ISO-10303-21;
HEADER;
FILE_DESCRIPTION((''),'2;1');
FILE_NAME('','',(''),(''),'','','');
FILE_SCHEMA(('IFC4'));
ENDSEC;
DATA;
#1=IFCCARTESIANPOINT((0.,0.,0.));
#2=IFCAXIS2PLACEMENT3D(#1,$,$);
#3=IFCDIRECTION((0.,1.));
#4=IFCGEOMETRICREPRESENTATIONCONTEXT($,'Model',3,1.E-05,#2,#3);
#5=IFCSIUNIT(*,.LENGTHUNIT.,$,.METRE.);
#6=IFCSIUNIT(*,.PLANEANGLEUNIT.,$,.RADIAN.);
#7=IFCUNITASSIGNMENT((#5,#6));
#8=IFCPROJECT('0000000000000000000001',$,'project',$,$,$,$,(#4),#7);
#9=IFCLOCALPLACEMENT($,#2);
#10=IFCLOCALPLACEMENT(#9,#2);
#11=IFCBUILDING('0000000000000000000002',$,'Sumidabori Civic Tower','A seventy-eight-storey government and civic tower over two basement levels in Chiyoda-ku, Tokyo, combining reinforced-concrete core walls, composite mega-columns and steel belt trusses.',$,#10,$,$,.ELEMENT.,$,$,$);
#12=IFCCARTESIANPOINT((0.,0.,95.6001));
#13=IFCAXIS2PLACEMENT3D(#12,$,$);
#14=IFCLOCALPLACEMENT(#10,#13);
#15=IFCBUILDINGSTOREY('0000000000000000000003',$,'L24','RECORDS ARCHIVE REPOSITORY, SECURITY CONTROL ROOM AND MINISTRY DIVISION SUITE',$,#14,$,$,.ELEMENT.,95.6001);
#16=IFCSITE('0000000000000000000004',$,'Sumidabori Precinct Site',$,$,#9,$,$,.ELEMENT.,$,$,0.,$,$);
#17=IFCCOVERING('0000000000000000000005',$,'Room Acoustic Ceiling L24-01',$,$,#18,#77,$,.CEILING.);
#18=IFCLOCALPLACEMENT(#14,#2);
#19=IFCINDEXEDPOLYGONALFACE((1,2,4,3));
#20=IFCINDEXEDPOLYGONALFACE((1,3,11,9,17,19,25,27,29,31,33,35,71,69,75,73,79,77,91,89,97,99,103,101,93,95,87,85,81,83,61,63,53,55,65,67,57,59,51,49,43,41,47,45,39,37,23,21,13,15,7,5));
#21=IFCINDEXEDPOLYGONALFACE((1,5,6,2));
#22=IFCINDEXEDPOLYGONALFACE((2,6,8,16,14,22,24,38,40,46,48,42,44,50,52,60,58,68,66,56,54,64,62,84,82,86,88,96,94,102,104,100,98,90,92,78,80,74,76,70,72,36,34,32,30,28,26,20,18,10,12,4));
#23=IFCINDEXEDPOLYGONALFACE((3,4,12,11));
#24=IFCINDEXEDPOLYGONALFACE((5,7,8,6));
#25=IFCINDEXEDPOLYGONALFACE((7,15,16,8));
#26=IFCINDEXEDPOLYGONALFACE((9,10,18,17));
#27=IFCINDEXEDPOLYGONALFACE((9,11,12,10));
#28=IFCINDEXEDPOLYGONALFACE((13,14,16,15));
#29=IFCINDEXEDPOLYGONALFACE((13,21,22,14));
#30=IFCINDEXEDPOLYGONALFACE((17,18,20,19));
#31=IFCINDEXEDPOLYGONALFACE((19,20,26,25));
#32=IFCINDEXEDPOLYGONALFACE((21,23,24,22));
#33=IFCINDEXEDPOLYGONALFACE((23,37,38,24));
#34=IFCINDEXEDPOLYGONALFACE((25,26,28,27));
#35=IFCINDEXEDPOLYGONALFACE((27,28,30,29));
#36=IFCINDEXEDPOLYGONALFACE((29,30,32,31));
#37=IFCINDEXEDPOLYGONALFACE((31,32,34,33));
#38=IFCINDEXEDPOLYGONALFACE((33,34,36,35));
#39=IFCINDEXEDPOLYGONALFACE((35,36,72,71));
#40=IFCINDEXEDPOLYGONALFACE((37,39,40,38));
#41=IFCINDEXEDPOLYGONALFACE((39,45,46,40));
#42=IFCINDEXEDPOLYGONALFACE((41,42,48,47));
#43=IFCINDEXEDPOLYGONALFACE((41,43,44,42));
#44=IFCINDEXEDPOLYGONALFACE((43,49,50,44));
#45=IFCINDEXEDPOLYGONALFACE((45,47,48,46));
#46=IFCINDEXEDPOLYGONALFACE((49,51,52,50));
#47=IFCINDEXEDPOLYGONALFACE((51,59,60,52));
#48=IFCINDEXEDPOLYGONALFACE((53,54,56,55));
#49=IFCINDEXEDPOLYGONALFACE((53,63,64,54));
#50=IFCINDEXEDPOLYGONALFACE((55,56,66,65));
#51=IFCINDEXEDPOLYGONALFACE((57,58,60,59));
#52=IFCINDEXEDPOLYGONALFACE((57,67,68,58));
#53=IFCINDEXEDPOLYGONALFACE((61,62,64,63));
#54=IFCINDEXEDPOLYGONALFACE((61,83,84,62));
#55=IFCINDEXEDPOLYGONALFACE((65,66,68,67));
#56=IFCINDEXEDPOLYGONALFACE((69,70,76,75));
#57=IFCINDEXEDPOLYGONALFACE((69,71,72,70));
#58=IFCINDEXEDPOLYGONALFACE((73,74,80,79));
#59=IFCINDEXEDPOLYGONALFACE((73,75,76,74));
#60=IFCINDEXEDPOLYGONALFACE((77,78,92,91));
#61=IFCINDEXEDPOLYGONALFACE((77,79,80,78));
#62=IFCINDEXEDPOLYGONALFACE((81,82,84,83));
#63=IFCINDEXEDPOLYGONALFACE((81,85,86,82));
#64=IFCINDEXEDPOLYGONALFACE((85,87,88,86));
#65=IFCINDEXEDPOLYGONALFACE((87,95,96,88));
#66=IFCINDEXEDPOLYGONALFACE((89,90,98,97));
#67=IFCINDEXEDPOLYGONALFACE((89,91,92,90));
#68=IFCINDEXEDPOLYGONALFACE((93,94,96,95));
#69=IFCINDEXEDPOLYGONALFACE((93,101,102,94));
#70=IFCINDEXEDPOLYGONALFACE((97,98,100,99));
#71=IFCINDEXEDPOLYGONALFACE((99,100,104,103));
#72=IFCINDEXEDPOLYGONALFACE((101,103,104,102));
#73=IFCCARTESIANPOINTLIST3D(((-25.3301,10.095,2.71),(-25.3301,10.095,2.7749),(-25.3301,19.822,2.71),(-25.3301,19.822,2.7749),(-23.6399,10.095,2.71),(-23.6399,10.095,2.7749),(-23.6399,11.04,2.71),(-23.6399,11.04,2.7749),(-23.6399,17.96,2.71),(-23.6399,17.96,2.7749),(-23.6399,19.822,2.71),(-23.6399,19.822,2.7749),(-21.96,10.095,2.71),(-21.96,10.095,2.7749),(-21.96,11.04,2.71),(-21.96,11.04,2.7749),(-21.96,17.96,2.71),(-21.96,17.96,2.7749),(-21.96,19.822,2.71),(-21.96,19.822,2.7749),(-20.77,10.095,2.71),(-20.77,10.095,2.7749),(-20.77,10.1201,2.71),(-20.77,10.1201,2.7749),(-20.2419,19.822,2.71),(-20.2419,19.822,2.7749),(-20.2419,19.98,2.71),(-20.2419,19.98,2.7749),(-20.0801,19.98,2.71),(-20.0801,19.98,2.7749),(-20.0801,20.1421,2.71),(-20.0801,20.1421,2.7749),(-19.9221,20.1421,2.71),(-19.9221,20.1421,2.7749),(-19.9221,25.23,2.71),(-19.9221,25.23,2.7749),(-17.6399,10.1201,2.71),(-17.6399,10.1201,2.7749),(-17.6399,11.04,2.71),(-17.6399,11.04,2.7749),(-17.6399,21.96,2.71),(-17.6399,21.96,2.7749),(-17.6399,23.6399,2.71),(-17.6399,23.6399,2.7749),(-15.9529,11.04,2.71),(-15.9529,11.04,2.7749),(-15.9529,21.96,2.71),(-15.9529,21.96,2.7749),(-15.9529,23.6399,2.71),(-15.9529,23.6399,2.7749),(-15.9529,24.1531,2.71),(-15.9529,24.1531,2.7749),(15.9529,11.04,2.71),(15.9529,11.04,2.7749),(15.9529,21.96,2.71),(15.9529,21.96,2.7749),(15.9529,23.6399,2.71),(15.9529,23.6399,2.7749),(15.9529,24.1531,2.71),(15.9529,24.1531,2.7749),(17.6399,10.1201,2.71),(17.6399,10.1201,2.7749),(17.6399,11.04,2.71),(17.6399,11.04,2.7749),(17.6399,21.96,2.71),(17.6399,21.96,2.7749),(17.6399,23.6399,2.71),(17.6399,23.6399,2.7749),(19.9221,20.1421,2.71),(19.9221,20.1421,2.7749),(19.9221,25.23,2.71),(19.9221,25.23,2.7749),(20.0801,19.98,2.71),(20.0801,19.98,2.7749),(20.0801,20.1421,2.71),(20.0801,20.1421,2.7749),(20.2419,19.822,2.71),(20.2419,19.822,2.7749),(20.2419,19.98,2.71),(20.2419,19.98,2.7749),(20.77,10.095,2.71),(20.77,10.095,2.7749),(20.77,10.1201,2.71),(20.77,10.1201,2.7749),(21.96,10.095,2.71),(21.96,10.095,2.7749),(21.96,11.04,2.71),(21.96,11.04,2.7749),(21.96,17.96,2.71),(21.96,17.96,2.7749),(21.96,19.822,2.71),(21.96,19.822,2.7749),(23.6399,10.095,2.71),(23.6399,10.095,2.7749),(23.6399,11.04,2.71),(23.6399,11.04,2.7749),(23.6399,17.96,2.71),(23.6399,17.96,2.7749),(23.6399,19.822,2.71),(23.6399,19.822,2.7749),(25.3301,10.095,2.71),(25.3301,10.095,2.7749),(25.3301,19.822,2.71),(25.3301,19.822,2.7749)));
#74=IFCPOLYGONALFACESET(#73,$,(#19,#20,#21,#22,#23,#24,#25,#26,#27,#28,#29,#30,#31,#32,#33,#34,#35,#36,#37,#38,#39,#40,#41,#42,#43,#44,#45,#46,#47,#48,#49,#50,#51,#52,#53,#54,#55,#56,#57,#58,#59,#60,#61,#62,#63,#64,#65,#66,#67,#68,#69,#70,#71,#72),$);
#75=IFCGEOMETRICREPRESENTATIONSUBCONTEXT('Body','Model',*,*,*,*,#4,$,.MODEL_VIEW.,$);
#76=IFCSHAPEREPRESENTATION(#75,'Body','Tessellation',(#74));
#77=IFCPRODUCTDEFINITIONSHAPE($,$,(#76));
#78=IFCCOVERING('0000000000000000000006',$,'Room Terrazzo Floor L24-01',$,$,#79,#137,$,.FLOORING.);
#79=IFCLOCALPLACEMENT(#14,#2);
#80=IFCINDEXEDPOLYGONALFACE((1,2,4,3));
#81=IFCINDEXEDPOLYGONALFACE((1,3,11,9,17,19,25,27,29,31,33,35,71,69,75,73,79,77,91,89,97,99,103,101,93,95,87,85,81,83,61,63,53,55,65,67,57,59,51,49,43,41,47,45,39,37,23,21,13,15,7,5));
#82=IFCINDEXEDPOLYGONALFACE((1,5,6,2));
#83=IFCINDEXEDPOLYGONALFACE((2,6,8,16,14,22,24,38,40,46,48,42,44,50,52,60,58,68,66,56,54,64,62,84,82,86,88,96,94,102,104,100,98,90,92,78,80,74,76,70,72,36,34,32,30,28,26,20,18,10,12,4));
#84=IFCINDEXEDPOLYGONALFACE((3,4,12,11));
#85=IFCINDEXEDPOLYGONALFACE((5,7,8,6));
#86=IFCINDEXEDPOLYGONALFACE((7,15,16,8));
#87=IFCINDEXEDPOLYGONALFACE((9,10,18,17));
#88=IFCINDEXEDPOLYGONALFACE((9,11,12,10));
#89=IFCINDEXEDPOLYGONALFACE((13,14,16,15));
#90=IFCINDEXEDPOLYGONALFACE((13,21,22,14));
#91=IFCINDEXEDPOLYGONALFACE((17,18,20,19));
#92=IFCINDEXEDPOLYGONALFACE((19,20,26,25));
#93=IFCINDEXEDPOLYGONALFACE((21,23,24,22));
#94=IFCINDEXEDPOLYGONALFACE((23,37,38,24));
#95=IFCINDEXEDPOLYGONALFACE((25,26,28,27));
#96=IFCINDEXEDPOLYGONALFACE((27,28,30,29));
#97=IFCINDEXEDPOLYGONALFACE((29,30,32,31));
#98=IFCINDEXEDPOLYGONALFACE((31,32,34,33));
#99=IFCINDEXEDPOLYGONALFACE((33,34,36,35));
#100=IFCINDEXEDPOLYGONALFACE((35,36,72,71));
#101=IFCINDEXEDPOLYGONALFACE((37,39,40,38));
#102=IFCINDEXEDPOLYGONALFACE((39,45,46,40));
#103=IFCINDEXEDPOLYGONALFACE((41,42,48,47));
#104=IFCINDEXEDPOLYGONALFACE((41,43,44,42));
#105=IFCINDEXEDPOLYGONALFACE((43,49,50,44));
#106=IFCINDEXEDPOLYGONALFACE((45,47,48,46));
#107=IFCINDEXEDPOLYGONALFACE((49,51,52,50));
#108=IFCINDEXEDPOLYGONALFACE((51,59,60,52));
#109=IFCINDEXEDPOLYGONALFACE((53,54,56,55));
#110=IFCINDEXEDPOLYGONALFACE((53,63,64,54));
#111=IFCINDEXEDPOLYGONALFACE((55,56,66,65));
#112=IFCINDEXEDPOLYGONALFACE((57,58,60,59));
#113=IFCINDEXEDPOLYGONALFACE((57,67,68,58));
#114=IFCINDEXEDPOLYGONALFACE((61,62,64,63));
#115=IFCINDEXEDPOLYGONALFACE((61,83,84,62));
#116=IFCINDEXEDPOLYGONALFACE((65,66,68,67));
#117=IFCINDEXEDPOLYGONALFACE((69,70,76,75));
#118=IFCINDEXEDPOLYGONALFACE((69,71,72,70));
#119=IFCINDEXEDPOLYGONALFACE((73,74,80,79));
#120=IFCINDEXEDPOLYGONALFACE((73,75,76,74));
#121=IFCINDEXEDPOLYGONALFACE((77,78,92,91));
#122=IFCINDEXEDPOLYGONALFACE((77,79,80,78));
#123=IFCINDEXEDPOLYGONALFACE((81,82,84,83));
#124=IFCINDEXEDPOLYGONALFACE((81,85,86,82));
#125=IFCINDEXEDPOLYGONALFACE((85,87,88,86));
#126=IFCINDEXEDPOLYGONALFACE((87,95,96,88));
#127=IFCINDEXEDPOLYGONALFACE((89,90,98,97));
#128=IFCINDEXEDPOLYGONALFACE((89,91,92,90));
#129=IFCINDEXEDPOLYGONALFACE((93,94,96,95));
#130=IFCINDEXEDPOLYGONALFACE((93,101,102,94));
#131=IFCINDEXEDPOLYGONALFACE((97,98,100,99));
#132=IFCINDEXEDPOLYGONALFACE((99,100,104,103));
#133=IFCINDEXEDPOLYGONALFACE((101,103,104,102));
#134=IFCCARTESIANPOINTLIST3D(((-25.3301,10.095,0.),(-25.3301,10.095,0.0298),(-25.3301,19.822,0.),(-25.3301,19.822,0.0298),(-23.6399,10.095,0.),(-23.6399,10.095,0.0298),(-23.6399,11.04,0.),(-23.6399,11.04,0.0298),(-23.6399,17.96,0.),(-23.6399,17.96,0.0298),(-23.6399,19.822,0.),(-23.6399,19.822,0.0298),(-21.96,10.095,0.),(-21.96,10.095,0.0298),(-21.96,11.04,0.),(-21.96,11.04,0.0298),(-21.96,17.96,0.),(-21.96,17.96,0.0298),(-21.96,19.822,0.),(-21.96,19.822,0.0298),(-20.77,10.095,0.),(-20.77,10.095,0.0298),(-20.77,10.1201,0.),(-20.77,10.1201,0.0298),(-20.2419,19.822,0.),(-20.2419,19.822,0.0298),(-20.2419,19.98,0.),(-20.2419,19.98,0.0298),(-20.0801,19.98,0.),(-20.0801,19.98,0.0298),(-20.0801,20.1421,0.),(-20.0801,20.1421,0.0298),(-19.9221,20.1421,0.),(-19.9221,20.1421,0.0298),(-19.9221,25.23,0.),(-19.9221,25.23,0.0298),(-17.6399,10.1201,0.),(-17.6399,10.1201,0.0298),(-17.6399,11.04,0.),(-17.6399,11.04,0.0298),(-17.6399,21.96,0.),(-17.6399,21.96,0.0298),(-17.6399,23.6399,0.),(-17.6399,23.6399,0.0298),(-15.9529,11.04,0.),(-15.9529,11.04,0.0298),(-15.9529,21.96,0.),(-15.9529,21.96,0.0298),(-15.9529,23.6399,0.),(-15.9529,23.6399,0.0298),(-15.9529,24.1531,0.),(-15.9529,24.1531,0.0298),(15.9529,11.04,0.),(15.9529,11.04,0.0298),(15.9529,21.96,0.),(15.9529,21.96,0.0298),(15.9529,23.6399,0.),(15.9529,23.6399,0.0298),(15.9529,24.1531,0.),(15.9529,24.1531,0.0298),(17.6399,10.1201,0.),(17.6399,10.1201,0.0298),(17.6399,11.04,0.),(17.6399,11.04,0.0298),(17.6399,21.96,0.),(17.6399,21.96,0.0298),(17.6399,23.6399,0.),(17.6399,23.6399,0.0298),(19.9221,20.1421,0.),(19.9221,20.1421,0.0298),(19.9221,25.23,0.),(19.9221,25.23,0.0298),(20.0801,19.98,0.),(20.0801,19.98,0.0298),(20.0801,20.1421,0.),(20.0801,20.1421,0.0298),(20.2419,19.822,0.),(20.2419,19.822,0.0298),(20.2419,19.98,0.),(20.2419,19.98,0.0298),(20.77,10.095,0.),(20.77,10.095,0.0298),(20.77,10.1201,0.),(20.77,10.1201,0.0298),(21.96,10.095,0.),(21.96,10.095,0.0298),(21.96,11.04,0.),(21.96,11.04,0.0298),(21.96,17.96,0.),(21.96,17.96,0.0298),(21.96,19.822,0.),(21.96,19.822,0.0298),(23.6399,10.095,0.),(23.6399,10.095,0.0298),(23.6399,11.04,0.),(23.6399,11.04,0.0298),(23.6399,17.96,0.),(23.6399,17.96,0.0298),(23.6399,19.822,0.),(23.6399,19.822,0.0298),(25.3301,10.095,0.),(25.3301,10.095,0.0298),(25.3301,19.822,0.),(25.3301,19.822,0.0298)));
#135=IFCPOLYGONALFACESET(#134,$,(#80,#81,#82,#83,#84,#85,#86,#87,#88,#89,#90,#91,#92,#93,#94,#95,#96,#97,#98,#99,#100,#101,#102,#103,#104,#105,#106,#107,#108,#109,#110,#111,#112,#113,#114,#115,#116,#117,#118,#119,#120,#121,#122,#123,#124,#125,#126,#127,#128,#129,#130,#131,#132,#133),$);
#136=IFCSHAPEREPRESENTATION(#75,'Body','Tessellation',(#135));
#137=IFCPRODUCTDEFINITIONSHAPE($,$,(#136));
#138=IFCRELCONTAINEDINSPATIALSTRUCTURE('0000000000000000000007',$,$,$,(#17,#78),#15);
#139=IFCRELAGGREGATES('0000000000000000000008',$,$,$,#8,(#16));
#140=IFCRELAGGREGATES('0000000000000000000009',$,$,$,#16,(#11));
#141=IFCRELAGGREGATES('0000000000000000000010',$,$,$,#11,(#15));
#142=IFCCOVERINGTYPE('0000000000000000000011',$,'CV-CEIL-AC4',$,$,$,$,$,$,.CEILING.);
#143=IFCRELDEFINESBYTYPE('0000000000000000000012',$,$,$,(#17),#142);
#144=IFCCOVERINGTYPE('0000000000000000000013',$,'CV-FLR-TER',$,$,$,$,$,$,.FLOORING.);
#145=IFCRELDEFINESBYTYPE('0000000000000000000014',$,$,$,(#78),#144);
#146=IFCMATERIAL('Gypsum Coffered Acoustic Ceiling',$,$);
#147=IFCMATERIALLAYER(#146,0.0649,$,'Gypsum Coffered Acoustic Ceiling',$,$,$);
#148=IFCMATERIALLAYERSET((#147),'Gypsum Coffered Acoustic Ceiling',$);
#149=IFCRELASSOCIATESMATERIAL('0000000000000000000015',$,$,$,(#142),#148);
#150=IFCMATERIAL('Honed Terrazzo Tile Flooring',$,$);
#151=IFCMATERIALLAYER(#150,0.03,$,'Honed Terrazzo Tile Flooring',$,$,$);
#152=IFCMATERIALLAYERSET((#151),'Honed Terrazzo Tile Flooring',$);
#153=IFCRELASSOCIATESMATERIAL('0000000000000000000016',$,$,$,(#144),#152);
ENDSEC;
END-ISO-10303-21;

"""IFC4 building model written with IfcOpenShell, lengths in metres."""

from ifc_helpers import new_model, si_unit, direction, frame, origin, place, context, subcontext, project, spatial, polyline, outline, extrude, material, layer, layer_set, type_object, element, save


model = new_model("IFC4")

# Units and contexts
model_context = context("Model", 3, precision=1e-05, world=origin(), true_north=direction((0.0, 1.0)))
body_context = subcontext(model_context, "Body", "Model", "MODEL_VIEW")
ifc_project = project(units=[si_unit("LENGTHUNIT", "METRE"), si_unit("PLANEANGLEUNIT", "RADIAN")], contexts=[model_context])

# Site, building, storey
site_placement = place(None, origin())
site = spatial("IfcSite", under=ifc_project, at=site_placement, Name="Sumidabori Precinct Site", CompositionType="ELEMENT", RefElevation=0.0)
building_placement = place(site_placement, origin())
building = spatial("IfcBuilding", under=site, at=building_placement, Name="Sumidabori Civic Tower", Description="A seventy-eight-storey government and civic tower over two basement levels in Chiyoda-ku, Tokyo, combining reinforced-concrete core walls, composite mega-columns and steel belt trusses.", CompositionType="ELEMENT")
storey_placement = place(building_placement, frame((0.0, 0.0, 95.6001)))
storey = spatial("IfcBuildingStorey", under=building, at=storey_placement, Name="L24", Description="RECORDS ARCHIVE REPOSITORY, SECURITY CONTROL ROOM AND MINISTRY DIVISION SUITE", CompositionType="ELEMENT", Elevation=95.6001)

# Coverings
ifc_material_1 = material(Name="Gypsum Coffered Acoustic Ceiling")
ifc_layer_1 = layer(ifc_material_1, 0.0649, Name="Gypsum Coffered Acoustic Ceiling")
ifc_layer_set_1 = layer_set([ifc_layer_1], Name="Gypsum Coffered Acoustic Ceiling")
covering_type_1 = type_object("IfcCoveringType", Name="CV-CEIL-AC4", PredefinedType="CEILING", material=ifc_layer_set_1)
covering_1_placement = place(storey_placement, frame((0.0, 0.0, 2.71)))
element("IfcCovering", 1, at=covering_1_placement, inside=storey, type_object=covering_type_1, Name="Room Acoustic Ceiling L24-01", PredefinedType="CEILING", context=body_context, shape_type="SweptSolid", body=[
    extrude(outline(polyline([(-25.3301, 10.095), (-25.3301, 19.822), (-23.6399, 19.822), (-23.6399, 17.96), (-21.96, 17.96), (-21.96, 19.822), (-20.2419, 19.822), (-20.2419, 19.98), (-20.0801, 19.98), (-20.0801, 20.1421), (-19.9221, 20.1421), (-19.9221, 25.23), (19.9221, 25.23), (19.9221, 20.1421), (20.0801, 20.1421), (20.0801, 19.98), (20.2419, 19.98), (20.2419, 19.822), (21.96, 19.822), (21.96, 17.96), (23.6399, 17.96), (23.6399, 19.822), (25.3301, 19.822), (25.3301, 10.095), (23.6399, 10.095), (23.6399, 11.04), (21.96, 11.04), (21.96, 10.095), (20.77, 10.095), (20.77, 10.1201), (17.6399, 10.1201), (17.6399, 11.04), (15.9529, 11.04), (15.9529, 21.96), (17.6399, 21.96), (17.6399, 23.6399), (15.9529, 23.6399), (15.9529, 24.1531), (-15.9529, 24.1531), (-15.9529, 23.6399), (-17.6399, 23.6399), (-17.6399, 21.96), (-15.9529, 21.96), (-15.9529, 11.04), (-17.6399, 11.04), (-17.6399, 10.1201), (-20.77, 10.1201), (-20.77, 10.095), (-21.96, 10.095), (-21.96, 11.04), (-23.6399, 11.04), (-23.6399, 10.095), (-25.3301, 10.095)])), origin(), (0.0, 0.0, 1.0), 0.0649),
])
ifc_material_2 = material(Name="Honed Terrazzo Tile Flooring")
ifc_layer_2 = layer(ifc_material_2, 0.03, Name="Honed Terrazzo Tile Flooring")
ifc_layer_set_2 = layer_set([ifc_layer_2], Name="Honed Terrazzo Tile Flooring")
covering_type_2 = type_object("IfcCoveringType", Name="CV-FLR-TER", PredefinedType="FLOORING", material=ifc_layer_set_2)
covering_2_placement = place(storey_placement, origin())
element("IfcCovering", 2, at=covering_2_placement, inside=storey, type_object=covering_type_2, Name="Room Terrazzo Floor L24-01", PredefinedType="FLOORING", context=body_context, shape_type="SweptSolid", body=[
    extrude(outline(polyline([(-25.3301, 10.095), (-25.3301, 19.822), (-23.6399, 19.822), (-23.6399, 17.96), (-21.96, 17.96), (-21.96, 19.822), (-20.2419, 19.822), (-20.2419, 19.98), (-20.0801, 19.98), (-20.0801, 20.1421), (-19.9221, 20.1421), (-19.9221, 25.23), (19.9221, 25.23), (19.9221, 20.1421), (20.0801, 20.1421), (20.0801, 19.98), (20.2419, 19.98), (20.2419, 19.822), (21.96, 19.822), (21.96, 17.96), (23.6399, 17.96), (23.6399, 19.822), (25.3301, 19.822), (25.3301, 10.095), (23.6399, 10.095), (23.6399, 11.04), (21.96, 11.04), (21.96, 10.095), (20.77, 10.095), (20.77, 10.1201), (17.6399, 10.1201), (17.6399, 11.04), (15.9529, 11.04), (15.9529, 21.96), (17.6399, 21.96), (17.6399, 23.6399), (15.9529, 23.6399), (15.9529, 24.1531), (-15.9529, 24.1531), (-15.9529, 23.6399), (-17.6399, 23.6399), (-17.6399, 21.96), (-15.9529, 21.96), (-15.9529, 11.04), (-17.6399, 11.04), (-17.6399, 10.1201), (-20.77, 10.1201), (-20.77, 10.095), (-21.96, 10.095), (-21.96, 11.04), (-23.6399, 11.04), (-23.6399, 10.095), (-25.3301, 10.095)])), origin(), (0.0, 0.0, 1.0), 0.0298),
])

save(model, "model.ifc")
